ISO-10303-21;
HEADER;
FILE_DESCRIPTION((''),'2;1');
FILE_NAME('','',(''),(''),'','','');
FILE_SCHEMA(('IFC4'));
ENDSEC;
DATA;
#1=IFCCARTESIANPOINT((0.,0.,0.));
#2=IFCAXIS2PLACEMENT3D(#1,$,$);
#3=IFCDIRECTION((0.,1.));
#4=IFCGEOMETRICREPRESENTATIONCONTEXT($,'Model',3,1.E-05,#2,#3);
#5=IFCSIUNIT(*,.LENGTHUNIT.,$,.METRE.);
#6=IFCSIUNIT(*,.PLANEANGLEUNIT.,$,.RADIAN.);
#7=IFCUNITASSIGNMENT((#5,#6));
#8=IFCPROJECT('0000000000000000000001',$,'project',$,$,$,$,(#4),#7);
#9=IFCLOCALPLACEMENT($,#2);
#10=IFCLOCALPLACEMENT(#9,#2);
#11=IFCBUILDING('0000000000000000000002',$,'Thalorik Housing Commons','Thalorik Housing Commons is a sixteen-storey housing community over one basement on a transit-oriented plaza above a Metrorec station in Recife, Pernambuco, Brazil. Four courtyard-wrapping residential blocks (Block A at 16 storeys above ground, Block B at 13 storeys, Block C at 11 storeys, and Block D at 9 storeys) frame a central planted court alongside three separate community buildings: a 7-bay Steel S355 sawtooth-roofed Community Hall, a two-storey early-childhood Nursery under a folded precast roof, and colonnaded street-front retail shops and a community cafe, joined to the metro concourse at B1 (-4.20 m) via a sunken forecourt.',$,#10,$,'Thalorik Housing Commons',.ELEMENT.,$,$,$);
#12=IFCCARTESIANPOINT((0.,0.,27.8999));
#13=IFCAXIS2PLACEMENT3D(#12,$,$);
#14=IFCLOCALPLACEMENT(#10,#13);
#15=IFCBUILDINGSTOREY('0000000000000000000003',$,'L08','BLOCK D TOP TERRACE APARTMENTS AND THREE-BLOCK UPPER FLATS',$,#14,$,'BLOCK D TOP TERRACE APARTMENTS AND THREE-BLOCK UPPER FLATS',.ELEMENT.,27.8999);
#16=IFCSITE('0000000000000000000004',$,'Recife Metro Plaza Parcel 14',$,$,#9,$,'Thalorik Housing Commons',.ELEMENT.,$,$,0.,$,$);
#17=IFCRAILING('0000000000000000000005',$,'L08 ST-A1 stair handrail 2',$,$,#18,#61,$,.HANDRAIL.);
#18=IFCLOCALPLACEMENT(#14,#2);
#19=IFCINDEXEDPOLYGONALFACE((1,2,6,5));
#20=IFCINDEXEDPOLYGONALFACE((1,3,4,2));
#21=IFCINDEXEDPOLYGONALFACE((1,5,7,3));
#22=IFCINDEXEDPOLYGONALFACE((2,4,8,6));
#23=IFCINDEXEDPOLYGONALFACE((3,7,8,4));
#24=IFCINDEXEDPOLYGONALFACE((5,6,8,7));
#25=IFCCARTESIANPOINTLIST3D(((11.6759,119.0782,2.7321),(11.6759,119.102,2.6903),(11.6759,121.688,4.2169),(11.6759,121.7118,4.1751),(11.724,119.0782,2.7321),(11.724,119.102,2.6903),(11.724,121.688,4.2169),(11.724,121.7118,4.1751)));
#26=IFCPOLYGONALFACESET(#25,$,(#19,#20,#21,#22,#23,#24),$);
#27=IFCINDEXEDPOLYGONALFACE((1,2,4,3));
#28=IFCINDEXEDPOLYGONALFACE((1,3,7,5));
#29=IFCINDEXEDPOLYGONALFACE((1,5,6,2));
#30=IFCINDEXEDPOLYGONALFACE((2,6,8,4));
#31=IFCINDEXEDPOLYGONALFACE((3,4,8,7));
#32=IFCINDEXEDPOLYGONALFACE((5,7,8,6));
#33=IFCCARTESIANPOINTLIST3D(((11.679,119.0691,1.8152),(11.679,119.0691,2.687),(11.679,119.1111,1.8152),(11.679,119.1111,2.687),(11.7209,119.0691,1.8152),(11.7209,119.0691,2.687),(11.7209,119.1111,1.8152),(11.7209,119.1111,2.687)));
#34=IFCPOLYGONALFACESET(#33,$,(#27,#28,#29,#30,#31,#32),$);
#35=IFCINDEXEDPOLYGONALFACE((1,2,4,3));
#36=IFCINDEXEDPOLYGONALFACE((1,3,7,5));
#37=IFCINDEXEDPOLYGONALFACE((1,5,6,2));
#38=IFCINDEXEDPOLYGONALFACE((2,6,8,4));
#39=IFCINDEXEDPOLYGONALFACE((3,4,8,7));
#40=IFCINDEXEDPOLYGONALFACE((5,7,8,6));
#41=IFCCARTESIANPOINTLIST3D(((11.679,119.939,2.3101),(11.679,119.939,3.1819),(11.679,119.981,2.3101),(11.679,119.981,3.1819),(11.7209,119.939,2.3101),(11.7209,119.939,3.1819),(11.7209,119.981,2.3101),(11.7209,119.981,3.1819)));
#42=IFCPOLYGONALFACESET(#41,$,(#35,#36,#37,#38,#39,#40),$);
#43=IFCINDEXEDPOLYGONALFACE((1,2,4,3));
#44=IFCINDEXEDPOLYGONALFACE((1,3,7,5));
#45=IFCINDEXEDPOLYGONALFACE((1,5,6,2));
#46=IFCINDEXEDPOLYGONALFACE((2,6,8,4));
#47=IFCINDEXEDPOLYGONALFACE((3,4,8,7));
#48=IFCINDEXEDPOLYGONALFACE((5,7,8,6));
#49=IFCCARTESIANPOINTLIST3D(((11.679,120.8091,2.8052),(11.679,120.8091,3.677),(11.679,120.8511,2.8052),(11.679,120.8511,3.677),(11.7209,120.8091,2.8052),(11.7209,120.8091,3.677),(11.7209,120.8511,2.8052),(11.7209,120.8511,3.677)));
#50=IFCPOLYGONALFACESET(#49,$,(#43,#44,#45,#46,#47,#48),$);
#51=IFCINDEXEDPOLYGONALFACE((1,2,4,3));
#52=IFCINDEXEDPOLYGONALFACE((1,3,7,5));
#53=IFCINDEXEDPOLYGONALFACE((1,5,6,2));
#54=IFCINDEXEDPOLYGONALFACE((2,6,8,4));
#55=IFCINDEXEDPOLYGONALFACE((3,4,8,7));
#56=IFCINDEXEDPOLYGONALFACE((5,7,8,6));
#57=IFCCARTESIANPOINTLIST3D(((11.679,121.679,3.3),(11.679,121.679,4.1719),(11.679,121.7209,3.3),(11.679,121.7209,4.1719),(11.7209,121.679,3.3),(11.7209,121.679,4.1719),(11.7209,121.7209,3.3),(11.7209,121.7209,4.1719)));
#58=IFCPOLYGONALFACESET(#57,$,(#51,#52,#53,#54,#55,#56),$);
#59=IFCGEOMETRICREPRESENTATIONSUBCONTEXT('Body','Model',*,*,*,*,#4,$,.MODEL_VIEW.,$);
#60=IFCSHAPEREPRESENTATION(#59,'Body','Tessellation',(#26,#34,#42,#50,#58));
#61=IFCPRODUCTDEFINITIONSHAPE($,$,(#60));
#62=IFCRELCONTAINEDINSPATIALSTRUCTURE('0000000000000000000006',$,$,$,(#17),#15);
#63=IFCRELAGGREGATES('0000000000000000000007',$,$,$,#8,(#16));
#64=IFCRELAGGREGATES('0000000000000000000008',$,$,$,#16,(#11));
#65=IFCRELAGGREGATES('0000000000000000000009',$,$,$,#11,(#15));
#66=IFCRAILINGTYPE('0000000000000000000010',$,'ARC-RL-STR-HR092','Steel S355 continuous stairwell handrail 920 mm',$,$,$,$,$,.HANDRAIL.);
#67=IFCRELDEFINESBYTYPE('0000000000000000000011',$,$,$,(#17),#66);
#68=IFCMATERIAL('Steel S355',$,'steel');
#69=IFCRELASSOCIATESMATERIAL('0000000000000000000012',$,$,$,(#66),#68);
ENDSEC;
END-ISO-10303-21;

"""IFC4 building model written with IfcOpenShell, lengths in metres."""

from ifc_helpers import new_model, si_unit, direction, frame, origin, origin_2d, place, context, subcontext, project, spatial, rectangle, extrude, material, type_object, element, save


model = new_model("IFC4")

# Units and contexts
model_context = context("Model", 3, precision=1e-05, world=origin(), true_north=direction((0.0, 1.0)))
body_context = subcontext(model_context, "Body", "Model", "MODEL_VIEW")
ifc_project = project(units=[si_unit("LENGTHUNIT", "METRE"), si_unit("PLANEANGLEUNIT", "RADIAN")], contexts=[model_context])

# Site, building, storey
site_placement = place(None, origin())
site = spatial("IfcSite", under=ifc_project, at=site_placement, Name="Recife Metro Plaza Parcel 14", LongName="Thalorik Housing Commons", CompositionType="ELEMENT", RefElevation=0.0)
building_placement = place(site_placement, origin())
building = spatial("IfcBuilding", under=site, at=building_placement, Name="Thalorik Housing Commons", Description="Thalorik Housing Commons is a sixteen-storey housing community over one basement on a transit-oriented plaza above a Metrorec station in Recife, Pernambuco, Brazil. Four courtyard-wrapping residential blocks (Block A at 16 storeys above ground, Block B at 13 storeys, Block C at 11 storeys, and Block D at 9 storeys) frame a central planted court alongside three separate community buildings: a 7-bay Steel S355 sawtooth-roofed Community Hall, a two-storey early-childhood Nursery under a folded precast roof, and colonnaded street-front retail shops and a community cafe, joined to the metro concourse at B1 (-4.20 m) via a sunken forecourt.", LongName="Thalorik Housing Commons", CompositionType="ELEMENT")
storey_placement = place(building_placement, frame((0.0, 0.0, 27.8999)))
storey = spatial("IfcBuildingStorey", under=building, at=storey_placement, Name="L08", Description="BLOCK D TOP TERRACE APARTMENTS AND THREE-BLOCK UPPER FLATS", LongName="BLOCK D TOP TERRACE APARTMENTS AND THREE-BLOCK UPPER FLATS", CompositionType="ELEMENT", Elevation=27.8999)

# Shared definitions
ifc_material_1 = material(Name="Steel S355", Category="steel")

# Railing
railing_type_1 = type_object("IfcRailingType", Name="ARC-RL-STR-HR092", Description="Steel S355 continuous stairwell handrail 920 mm", PredefinedType="HANDRAIL", material=ifc_material_1)
railing_1_placement = place(storey_placement, frame((11.7, 119.0901, 1.8152)))
element("IfcRailing", 1, at=railing_1_placement, inside=storey, type_object=railing_type_1, Name="L08 ST-A1 stair handrail 2", PredefinedType="HANDRAIL", context=body_context, shape_type="SweptSolid", body=[
    extrude(rectangle(XDim=0.0481, YDim=0.0481, at=origin_2d()), frame((0.0, 0.0, 0.896), z_axis=(0.0, 0.869172, 0.494509), x_axis=(-1.0, 0.0, 0.0)), (0.0, 0.0, 1.0), 3.0027),
    extrude(rectangle(XDim=0.042, YDim=0.042, at=origin_2d()), origin(), (0.0, 0.0, 1.0), 0.8718),
    extrude(rectangle(XDim=0.042, YDim=0.042, at=origin_2d()), frame((0.0, 0.8699, 0.4949)), (0.0, 0.0, 1.0), 0.8718),
    extrude(rectangle(XDim=0.042, YDim=0.042, at=origin_2d()), frame((0.0, 1.74, 0.99)), (0.0, 0.0, 1.0), 0.8718),
    extrude(rectangle(XDim=0.042, YDim=0.042, at=origin_2d()), frame((0.0, 2.6099, 1.4849)), (0.0, 0.0, 1.0), 0.8718),
])

save(model, "model.ifc")
